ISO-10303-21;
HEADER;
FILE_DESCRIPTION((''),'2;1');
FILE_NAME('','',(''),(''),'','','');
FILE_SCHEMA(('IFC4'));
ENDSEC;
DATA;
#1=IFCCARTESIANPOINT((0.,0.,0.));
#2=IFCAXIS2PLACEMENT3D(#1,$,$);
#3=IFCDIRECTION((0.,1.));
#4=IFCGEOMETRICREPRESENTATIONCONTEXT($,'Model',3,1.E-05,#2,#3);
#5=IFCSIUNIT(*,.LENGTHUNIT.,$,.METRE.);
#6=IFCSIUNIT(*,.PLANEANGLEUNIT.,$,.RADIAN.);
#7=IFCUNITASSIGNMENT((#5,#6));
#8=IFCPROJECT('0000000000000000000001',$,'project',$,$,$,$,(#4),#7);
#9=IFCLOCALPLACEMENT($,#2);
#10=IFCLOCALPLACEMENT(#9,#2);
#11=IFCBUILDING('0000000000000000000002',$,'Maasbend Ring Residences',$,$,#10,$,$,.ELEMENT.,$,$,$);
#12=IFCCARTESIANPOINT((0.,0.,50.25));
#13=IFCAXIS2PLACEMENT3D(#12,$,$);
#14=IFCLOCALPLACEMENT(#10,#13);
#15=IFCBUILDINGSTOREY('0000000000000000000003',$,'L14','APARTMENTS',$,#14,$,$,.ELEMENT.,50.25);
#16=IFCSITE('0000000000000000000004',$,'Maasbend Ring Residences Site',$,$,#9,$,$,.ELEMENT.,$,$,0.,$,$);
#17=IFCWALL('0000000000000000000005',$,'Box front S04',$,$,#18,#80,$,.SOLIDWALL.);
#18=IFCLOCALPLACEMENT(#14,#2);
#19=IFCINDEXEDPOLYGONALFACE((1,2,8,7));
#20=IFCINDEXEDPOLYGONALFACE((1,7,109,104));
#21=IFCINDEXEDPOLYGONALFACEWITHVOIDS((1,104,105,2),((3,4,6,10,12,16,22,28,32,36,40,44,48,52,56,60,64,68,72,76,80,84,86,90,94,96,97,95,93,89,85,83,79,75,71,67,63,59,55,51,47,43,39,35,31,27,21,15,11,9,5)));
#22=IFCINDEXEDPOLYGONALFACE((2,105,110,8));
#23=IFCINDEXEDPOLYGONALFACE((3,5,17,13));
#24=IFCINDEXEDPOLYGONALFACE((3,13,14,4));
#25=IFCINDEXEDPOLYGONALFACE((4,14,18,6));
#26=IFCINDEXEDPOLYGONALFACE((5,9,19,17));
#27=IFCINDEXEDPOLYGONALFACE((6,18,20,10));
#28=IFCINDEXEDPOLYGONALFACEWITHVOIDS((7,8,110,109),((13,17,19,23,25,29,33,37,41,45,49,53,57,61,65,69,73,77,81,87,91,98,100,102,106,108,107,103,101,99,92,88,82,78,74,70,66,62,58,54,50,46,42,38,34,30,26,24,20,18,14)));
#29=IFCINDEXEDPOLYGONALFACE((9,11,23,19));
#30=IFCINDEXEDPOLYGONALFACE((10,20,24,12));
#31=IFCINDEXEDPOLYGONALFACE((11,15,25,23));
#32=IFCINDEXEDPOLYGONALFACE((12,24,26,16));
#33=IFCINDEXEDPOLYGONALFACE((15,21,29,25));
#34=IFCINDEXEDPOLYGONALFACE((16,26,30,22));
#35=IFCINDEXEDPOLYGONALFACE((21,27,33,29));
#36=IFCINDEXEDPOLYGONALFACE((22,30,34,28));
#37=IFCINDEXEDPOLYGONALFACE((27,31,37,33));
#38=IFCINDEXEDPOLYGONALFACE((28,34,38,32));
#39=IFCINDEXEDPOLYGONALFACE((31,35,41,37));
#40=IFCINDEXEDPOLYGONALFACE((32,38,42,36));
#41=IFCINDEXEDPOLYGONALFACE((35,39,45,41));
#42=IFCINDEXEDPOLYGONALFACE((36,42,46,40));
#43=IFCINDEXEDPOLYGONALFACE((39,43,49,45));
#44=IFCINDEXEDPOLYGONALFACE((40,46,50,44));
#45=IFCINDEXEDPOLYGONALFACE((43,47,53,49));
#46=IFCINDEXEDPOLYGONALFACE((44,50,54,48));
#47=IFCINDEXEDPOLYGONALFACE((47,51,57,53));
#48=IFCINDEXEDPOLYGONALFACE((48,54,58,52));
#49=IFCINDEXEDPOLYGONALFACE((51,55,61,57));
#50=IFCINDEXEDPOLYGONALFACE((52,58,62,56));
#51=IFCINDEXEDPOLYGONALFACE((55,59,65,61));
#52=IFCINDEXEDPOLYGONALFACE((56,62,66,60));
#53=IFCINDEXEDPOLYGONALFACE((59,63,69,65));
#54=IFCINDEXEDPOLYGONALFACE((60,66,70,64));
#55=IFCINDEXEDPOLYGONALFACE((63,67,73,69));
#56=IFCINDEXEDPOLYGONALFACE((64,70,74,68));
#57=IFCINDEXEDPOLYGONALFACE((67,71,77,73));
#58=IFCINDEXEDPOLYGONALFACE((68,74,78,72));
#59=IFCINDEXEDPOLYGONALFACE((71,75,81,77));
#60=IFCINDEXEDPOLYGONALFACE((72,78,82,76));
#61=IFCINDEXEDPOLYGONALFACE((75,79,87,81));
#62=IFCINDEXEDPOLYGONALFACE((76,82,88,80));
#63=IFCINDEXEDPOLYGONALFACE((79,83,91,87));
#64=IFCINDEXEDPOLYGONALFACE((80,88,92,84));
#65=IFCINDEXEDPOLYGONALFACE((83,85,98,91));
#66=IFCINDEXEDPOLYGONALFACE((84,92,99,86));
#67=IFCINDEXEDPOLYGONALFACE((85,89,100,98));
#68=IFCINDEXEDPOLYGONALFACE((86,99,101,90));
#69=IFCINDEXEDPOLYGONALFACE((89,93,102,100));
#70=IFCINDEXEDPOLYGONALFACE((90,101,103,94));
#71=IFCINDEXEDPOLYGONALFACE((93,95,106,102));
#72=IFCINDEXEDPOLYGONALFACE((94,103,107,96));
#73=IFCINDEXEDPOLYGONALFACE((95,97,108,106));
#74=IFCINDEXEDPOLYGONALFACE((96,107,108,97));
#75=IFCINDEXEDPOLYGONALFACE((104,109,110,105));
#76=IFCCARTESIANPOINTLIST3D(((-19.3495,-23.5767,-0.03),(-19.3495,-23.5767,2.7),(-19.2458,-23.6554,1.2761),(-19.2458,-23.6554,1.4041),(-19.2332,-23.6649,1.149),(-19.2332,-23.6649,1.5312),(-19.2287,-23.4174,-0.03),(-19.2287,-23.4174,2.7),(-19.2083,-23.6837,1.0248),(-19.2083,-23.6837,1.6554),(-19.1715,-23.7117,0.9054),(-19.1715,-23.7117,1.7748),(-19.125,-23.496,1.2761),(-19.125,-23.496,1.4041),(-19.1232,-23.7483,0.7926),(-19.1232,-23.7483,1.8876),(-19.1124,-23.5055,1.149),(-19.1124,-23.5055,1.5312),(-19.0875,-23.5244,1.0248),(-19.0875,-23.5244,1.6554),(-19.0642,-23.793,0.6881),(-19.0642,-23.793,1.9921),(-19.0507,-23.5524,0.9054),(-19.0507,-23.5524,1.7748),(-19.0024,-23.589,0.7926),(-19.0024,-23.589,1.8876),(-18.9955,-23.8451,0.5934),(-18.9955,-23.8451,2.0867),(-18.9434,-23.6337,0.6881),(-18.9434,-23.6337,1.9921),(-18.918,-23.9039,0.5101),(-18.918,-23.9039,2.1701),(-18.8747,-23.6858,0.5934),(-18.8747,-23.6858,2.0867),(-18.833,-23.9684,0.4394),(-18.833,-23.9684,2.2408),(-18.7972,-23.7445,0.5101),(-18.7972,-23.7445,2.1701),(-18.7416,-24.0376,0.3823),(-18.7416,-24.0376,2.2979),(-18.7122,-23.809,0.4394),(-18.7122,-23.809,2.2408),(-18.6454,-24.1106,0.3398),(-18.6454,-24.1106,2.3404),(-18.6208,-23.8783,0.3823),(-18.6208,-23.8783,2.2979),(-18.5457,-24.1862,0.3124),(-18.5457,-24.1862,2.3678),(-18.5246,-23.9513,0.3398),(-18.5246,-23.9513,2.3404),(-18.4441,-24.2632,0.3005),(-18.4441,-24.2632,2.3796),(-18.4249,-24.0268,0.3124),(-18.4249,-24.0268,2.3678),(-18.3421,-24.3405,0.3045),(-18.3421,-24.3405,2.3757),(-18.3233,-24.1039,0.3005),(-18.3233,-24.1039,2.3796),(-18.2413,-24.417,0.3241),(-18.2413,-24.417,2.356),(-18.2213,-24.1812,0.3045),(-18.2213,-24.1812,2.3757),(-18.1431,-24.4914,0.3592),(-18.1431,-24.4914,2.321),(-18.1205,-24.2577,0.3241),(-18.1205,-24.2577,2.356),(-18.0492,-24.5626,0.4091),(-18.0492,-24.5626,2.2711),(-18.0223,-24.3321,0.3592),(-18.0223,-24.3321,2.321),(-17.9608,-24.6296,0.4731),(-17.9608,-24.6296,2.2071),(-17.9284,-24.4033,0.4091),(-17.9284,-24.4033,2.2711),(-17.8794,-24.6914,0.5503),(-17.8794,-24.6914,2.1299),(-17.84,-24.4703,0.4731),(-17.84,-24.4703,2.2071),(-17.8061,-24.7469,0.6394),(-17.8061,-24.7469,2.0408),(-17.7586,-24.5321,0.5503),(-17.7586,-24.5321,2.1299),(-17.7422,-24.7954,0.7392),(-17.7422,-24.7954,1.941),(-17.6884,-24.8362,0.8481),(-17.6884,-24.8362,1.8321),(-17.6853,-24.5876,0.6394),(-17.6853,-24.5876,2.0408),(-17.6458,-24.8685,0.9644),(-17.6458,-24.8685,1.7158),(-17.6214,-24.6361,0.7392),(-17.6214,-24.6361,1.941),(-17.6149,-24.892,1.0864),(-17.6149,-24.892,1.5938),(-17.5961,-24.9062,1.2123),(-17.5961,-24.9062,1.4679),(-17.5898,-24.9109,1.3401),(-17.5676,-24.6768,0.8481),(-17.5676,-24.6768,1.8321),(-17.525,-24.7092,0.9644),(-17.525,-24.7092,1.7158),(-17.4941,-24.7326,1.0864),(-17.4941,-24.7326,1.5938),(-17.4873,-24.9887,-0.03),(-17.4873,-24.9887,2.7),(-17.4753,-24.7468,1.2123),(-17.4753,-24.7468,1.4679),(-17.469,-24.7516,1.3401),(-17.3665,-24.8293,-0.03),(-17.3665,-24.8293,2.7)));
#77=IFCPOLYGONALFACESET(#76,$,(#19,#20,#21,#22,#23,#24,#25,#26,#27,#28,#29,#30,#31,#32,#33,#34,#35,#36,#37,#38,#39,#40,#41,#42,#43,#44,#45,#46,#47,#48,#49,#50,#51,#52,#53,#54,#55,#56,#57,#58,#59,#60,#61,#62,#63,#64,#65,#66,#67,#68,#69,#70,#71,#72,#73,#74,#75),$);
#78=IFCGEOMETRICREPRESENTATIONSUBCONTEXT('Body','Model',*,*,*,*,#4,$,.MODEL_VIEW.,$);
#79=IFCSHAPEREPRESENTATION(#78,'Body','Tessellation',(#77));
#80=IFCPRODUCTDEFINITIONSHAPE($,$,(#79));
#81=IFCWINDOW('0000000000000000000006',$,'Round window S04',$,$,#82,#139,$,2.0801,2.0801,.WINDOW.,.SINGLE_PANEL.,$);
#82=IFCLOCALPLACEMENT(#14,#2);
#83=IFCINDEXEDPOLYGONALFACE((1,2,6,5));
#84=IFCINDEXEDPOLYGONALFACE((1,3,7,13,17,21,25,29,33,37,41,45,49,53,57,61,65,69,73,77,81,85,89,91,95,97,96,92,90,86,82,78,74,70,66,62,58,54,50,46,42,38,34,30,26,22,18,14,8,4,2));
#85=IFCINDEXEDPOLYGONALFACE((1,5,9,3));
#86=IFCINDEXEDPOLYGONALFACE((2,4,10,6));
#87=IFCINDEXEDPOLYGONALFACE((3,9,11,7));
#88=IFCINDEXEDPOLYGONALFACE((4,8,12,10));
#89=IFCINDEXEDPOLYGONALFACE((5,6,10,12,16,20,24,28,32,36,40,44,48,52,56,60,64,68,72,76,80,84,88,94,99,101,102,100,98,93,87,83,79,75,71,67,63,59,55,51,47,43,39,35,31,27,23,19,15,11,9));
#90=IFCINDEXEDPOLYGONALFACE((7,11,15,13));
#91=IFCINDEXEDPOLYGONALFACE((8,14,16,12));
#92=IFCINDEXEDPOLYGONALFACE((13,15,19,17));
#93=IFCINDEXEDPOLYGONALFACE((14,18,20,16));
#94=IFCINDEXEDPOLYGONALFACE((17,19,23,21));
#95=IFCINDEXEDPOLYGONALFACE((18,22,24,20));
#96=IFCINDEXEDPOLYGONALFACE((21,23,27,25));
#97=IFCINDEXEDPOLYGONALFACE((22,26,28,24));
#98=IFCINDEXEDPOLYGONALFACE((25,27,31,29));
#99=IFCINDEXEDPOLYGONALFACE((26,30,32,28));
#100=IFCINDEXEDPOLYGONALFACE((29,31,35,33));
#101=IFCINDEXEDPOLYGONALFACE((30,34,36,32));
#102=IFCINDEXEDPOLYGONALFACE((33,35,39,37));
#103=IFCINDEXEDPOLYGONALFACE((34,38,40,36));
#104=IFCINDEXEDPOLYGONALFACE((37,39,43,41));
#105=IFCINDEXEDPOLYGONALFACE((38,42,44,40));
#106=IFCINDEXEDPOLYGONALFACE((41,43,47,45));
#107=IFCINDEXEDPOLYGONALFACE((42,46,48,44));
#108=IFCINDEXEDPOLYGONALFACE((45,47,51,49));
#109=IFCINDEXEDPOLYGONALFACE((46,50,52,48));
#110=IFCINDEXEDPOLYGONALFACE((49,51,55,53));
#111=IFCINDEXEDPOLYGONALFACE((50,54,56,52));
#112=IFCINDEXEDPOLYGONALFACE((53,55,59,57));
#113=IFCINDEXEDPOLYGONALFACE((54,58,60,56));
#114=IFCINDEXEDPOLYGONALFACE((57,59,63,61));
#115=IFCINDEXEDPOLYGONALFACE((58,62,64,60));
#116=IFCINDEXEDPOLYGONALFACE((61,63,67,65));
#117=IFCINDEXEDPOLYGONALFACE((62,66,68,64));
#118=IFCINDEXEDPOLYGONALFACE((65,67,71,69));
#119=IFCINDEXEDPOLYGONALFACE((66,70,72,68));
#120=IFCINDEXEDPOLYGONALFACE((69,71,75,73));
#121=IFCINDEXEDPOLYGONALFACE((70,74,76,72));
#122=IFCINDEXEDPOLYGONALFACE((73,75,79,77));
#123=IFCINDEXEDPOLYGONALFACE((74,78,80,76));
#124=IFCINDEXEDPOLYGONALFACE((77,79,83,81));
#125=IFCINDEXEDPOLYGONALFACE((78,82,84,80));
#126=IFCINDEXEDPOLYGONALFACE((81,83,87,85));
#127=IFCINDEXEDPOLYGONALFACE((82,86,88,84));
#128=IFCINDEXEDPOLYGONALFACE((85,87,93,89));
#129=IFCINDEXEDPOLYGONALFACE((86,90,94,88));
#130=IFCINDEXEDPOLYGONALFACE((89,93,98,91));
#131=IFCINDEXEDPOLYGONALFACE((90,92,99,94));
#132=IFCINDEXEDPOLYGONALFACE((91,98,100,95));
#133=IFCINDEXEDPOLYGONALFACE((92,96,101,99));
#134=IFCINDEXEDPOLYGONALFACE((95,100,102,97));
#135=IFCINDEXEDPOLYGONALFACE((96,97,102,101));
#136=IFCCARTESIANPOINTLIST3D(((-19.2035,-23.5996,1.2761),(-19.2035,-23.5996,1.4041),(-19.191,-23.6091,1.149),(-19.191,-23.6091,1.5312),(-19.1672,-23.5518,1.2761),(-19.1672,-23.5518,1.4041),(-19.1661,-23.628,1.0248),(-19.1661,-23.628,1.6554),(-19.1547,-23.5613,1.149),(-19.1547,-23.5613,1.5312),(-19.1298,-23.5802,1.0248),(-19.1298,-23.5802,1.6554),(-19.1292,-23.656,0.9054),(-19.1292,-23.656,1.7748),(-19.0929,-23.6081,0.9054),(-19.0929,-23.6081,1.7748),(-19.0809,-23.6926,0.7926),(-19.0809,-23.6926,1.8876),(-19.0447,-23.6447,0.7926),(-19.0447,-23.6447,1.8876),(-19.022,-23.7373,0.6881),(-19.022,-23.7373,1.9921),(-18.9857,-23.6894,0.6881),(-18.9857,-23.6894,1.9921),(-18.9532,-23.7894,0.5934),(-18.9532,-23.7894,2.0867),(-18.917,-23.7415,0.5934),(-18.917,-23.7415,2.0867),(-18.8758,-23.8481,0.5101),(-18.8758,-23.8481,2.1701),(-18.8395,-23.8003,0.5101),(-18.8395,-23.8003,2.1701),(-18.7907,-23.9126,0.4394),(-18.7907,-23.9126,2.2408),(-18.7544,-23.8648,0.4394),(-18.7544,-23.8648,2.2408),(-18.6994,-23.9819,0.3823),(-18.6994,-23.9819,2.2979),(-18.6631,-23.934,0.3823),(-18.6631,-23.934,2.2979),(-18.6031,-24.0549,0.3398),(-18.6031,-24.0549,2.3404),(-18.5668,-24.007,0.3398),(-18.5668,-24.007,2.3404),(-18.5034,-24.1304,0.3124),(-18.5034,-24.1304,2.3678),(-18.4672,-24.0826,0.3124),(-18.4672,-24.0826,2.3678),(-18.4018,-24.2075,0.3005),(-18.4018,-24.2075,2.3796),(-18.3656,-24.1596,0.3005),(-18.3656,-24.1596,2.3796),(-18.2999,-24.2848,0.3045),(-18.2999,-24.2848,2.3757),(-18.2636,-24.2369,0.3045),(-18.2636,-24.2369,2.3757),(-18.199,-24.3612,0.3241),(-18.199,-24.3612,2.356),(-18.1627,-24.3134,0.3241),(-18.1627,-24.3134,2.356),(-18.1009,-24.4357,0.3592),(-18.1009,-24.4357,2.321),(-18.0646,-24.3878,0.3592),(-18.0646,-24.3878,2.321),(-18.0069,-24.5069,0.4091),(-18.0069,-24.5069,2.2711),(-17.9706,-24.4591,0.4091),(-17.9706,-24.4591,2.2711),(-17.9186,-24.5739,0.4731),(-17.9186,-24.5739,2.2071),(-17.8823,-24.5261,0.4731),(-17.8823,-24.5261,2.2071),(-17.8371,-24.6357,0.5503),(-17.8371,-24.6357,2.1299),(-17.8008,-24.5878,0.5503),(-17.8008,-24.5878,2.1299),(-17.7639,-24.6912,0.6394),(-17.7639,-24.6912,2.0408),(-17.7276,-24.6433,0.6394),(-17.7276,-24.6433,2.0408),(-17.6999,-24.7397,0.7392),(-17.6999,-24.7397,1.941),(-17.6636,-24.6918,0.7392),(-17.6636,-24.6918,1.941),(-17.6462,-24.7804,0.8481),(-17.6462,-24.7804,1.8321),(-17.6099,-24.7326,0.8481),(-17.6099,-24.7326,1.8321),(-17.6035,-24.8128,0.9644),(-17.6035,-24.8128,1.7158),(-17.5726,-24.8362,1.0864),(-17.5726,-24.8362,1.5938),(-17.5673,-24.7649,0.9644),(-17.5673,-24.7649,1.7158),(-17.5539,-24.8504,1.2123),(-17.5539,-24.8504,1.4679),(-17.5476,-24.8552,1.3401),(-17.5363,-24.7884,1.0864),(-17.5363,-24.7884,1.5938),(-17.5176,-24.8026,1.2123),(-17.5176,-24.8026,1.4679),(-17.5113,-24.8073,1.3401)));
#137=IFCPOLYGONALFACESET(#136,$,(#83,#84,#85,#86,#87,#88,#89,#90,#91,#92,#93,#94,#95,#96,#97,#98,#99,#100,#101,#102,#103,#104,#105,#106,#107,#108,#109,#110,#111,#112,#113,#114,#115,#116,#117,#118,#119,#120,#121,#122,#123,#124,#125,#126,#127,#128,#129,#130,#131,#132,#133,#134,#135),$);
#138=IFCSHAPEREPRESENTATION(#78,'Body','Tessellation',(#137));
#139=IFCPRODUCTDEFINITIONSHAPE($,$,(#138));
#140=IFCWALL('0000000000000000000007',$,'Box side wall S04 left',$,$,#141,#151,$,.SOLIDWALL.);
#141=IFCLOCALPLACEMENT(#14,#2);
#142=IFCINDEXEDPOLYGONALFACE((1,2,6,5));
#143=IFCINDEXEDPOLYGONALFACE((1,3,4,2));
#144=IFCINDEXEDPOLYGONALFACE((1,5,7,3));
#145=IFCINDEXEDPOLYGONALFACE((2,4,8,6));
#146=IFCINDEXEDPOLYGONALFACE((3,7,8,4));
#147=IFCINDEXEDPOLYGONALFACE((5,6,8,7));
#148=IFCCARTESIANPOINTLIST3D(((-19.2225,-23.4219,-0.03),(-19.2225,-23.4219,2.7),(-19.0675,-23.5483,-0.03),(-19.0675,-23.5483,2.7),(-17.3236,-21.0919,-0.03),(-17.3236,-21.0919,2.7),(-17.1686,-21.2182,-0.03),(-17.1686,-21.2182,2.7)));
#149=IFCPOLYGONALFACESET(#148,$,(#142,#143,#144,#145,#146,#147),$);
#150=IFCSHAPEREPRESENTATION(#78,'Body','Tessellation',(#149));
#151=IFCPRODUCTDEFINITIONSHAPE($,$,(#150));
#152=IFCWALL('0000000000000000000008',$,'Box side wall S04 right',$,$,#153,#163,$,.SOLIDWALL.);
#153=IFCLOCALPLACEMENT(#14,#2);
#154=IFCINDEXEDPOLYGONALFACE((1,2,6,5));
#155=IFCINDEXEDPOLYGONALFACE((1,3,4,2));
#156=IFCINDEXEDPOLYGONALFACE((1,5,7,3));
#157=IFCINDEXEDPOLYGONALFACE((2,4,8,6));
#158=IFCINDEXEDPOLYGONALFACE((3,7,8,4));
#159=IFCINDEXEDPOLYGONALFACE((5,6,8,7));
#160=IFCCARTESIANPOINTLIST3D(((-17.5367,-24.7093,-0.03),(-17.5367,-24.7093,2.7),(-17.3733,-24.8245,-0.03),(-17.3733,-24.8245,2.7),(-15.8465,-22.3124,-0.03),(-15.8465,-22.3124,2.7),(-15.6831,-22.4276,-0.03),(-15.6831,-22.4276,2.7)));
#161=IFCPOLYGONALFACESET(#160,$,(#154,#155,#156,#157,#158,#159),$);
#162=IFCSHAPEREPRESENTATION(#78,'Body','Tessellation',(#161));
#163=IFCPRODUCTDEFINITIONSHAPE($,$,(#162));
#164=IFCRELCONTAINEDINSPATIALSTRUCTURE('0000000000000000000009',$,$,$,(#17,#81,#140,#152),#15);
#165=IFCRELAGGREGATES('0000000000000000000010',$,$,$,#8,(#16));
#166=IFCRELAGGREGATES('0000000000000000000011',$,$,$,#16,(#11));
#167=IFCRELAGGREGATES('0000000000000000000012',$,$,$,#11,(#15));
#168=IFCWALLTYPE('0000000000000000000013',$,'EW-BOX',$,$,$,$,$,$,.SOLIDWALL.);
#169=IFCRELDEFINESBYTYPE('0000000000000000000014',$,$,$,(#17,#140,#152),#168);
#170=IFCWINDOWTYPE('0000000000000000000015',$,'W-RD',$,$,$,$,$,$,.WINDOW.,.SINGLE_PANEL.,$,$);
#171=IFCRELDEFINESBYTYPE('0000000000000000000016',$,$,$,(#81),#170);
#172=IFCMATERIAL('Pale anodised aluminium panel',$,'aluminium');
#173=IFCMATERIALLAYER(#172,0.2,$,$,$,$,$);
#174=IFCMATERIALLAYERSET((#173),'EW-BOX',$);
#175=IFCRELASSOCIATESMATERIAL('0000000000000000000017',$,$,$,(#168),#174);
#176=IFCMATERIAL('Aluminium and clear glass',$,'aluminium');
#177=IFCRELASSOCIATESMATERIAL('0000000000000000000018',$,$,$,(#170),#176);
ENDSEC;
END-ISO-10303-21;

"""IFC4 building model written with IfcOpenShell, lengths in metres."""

from ifc_helpers import new_model, si_unit, direction, frame, frame_2d, origin, place, context, subcontext, project, spatial, rectangle, circle, extrude, material, layer, layer_set, type_object, element, fill, save


model = new_model("IFC4")

# Units and contexts
model_context = context("Model", 3, precision=1e-05, world=origin(), true_north=direction((0.0, 1.0)))
body_context = subcontext(model_context, "Body", "Model", "MODEL_VIEW")
ifc_project = project(units=[si_unit("LENGTHUNIT", "METRE"), si_unit("PLANEANGLEUNIT", "RADIAN")], contexts=[model_context])

# Site, building, storey
site_placement = place(None, origin())
site = spatial("IfcSite", under=ifc_project, at=site_placement, Name="Maasbend Ring Residences Site", CompositionType="ELEMENT", RefElevation=0.0)
building_placement = place(site_placement, origin())
building = spatial("IfcBuilding", under=site, at=building_placement, Name="Maasbend Ring Residences", CompositionType="ELEMENT")
storey_placement = place(building_placement, frame((0.0, 0.0, 50.25)))
storey = spatial("IfcBuildingStorey", under=building, at=storey_placement, Name="L14", Description="APARTMENTS", CompositionType="ELEMENT", Elevation=50.25)

# Shared definitions
ifc_material_1 = material(Name="Pale anodised aluminium panel", Category="aluminium")
ifc_layer_1 = layer(ifc_material_1, 0.2)
ifc_layer_set_1 = layer_set([ifc_layer_1], Name="EW-BOX")
wall_type_1 = type_object("IfcWallType", Name="EW-BOX", PredefinedType="SOLIDWALL", material=ifc_layer_set_1)
ifc_material_2 = material(Name="Aluminium and clear glass", Category="aluminium")
window_type_1 = type_object("IfcWindowType", Name="W-RD", PartitioningType="SINGLE_PANEL", PredefinedType="WINDOW", material=ifc_material_2)

# Wall, opening, window
wall_1_placement = place(storey_placement, frame((-19.2891, -23.4971, -0.03), z_axis=(0.0, 0.0, 1.0), x_axis=(0.796842, -0.604188, 0.0)))
wall_1 = element("IfcWall", 1, at=wall_1_placement, inside=storey, type_object=wall_type_1, Name="Box front S04", PredefinedType="SOLIDWALL", context=body_context, shape_type="SweptSolid", body=[
    extrude(rectangle(XDim=2.3369, YDim=0.2, at=frame_2d((1.1685, 0.0))), origin(), (0.0, 0.0, 1.0), 2.73),
])
opening_1_placement = place(wall_1_placement, frame((0.1282, 0.0, 0.3301)))
opening_1 = element("IfcOpeningElement", 2, at=opening_1_placement, cuts=wall_1, PredefinedType="OPENING", context=body_context, shape_type="SweptSolid", body=[
    extrude(circle(Radius=1.04, at=frame_2d((1.04, 1.04))), frame((0.0, 0.1099, 0.0), z_axis=(0.0, -1.0, 0.0), x_axis=(1.0, 0.0, 0.0)), (0.0, 0.0, 1.0), 0.22),
])
window_1_placement = place(opening_1_placement, origin())
window_1 = element("IfcWindow", 3, at=window_1_placement, inside=storey, type_object=window_type_1, Name="Round window S04", OverallHeight=2.0801, OverallWidth=2.0801, PartitioningType="SINGLE_PANEL", PredefinedType="WINDOW", context=body_context, shape_type="SweptSolid", body=[
    extrude(circle(Radius=1.04, at=frame_2d((1.04, 1.04))), frame((0.0, 0.03, 0.0), z_axis=(0.0, -1.0, 0.0), x_axis=(1.0, 0.0, 0.0)), (0.0, 0.0, 1.0), 0.0601),
])
fill(opening_1, window_1)

# Walls
wall_2_placement = place(storey_placement, frame((-17.2461, -21.155, -0.03), z_axis=(0.0, 0.0, 1.0), x_axis=(-0.631742, -0.775179, 0.0)))
element("IfcWall", 4, at=wall_2_placement, inside=storey, type_object=wall_type_1, Name="Box side wall S04 left", PredefinedType="SOLIDWALL", context=body_context, shape_type="SweptSolid", body=[
    extrude(rectangle(XDim=3.0059, YDim=0.2, at=frame_2d((1.5029, 0.0))), origin(), (0.0, 0.0, 1.0), 2.73),
])
wall_3_placement = place(storey_placement, frame((-15.7649, -22.3701, -0.03), z_axis=(0.0, 0.0, 1.0), x_axis=(-0.576275, -0.817256, 0.0)))
element("IfcWall", 5, at=wall_3_placement, inside=storey, type_object=wall_type_1, Name="Box side wall S04 right", PredefinedType="SOLIDWALL", context=body_context, shape_type="SweptSolid", body=[
    extrude(rectangle(XDim=2.9329, YDim=0.2, at=frame_2d((1.4663, 0.0))), origin(), (0.0, 0.0, 1.0), 2.73),
])

save(model, "model.ifc")
